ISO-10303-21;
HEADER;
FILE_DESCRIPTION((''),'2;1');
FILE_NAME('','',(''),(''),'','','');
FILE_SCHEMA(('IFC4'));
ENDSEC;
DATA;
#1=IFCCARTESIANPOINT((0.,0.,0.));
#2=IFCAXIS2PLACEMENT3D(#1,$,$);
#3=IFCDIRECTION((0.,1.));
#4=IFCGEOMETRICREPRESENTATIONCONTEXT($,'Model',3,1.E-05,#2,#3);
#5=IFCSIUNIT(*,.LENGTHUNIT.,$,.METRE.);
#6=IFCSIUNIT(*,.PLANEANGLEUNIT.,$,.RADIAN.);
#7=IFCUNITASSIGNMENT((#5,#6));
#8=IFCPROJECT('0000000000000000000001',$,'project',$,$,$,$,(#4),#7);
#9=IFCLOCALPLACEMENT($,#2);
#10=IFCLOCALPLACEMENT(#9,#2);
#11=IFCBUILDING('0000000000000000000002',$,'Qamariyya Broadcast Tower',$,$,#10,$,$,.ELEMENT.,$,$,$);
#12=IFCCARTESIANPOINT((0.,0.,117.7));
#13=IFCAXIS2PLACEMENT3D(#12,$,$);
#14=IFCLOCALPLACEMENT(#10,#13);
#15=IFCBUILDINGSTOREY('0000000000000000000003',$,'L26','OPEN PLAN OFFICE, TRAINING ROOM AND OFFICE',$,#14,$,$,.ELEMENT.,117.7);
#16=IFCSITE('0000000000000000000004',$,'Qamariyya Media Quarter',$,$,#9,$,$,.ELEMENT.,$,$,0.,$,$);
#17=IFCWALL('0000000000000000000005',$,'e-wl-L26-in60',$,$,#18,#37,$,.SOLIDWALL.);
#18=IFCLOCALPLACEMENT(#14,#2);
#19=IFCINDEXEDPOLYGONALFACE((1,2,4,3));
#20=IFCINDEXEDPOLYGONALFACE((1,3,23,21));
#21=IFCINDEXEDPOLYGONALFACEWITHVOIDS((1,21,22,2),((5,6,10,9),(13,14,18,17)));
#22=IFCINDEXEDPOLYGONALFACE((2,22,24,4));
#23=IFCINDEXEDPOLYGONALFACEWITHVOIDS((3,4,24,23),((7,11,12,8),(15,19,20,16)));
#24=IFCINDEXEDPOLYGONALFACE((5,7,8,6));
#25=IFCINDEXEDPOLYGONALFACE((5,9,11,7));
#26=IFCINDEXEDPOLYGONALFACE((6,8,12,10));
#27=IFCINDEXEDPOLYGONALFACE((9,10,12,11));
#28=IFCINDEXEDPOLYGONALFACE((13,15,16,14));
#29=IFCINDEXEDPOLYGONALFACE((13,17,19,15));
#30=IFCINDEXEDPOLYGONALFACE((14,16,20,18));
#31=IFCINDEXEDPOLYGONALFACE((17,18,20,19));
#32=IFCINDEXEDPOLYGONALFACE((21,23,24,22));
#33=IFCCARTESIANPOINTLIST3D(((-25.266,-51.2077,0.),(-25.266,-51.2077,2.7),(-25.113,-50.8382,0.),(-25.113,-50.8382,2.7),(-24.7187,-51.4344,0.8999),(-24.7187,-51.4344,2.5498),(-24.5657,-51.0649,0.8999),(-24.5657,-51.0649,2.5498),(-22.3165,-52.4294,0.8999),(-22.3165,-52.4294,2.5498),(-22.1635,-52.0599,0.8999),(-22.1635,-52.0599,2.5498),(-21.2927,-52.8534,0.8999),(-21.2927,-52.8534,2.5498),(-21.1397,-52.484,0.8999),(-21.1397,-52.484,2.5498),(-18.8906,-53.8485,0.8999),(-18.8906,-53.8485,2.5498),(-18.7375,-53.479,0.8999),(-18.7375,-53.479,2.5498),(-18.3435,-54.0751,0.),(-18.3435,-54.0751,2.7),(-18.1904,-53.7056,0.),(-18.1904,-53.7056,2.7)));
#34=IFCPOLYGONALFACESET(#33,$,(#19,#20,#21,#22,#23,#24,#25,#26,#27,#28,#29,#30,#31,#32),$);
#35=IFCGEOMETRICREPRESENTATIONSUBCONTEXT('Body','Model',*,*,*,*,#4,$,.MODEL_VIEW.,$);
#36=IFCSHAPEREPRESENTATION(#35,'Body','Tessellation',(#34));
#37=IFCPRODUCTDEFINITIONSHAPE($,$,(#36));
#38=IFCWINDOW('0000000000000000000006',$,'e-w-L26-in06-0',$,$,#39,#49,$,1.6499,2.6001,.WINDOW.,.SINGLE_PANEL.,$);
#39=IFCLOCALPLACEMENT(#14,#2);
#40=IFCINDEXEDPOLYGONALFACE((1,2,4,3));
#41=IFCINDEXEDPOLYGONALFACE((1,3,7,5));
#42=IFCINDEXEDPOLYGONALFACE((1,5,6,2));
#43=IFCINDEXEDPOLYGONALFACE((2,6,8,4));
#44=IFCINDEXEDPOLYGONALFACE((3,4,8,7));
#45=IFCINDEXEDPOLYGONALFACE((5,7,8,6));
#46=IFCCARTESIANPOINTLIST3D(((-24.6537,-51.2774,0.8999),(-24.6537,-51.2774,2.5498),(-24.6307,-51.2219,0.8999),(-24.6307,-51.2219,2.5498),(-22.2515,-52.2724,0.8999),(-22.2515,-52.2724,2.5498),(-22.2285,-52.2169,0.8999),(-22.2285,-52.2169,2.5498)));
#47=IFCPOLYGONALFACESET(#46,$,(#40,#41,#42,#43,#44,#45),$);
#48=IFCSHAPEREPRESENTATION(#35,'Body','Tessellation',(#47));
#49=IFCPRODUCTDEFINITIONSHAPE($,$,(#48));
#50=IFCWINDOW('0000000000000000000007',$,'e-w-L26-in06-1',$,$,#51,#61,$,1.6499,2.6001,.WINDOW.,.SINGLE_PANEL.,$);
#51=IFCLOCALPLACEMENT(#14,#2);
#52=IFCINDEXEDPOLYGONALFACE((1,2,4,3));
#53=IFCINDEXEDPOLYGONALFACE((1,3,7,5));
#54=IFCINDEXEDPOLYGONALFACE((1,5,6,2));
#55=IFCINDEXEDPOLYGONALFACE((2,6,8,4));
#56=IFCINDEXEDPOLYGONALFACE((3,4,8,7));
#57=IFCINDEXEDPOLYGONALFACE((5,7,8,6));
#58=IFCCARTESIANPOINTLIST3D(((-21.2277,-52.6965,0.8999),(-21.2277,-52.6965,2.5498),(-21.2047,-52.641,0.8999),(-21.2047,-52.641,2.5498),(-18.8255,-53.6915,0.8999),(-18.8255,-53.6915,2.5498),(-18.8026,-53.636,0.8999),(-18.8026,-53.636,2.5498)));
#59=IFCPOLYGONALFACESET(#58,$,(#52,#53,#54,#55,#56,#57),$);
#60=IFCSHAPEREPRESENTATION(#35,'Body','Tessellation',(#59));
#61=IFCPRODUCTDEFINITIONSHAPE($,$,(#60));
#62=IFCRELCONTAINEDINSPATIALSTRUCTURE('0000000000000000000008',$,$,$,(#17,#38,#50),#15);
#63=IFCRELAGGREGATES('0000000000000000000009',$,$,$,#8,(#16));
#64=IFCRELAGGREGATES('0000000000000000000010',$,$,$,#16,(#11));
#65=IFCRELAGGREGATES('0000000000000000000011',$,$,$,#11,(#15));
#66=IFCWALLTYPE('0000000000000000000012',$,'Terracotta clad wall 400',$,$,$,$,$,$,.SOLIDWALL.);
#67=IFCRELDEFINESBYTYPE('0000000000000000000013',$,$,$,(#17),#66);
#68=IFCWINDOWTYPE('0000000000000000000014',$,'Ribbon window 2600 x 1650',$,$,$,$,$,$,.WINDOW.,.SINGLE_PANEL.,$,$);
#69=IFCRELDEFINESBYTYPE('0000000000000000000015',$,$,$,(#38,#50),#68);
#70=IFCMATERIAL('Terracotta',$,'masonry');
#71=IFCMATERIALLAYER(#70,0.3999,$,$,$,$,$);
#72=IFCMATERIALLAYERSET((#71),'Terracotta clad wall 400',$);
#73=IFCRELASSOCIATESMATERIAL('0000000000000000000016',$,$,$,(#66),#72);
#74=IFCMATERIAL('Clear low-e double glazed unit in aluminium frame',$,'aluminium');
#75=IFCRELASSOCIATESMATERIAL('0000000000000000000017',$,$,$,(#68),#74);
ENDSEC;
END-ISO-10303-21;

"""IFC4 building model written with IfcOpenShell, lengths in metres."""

from ifc_helpers import new_model, si_unit, direction, frame, frame_2d, origin, place, context, subcontext, project, spatial, rectangle, extrude, material, layer, layer_set, type_object, element, fill, save


model = new_model("IFC4")

# Units and contexts
model_context = context("Model", 3, precision=1e-05, world=origin(), true_north=direction((0.0, 1.0)))
body_context = subcontext(model_context, "Body", "Model", "MODEL_VIEW")
ifc_project = project(units=[si_unit("LENGTHUNIT", "METRE"), si_unit("PLANEANGLEUNIT", "RADIAN")], contexts=[model_context])

# Site, building, storey
site_placement = place(None, origin())
site = spatial("IfcSite", under=ifc_project, at=site_placement, Name="Qamariyya Media Quarter", CompositionType="ELEMENT", RefElevation=0.0)
building_placement = place(site_placement, origin())
building = spatial("IfcBuilding", under=site, at=building_placement, Name="Qamariyya Broadcast Tower", CompositionType="ELEMENT")
storey_placement = place(building_placement, frame((0.0, 0.0, 117.7)))
storey = spatial("IfcBuildingStorey", under=building, at=storey_placement, Name="L26", Description="OPEN PLAN OFFICE, TRAINING ROOM AND OFFICE", CompositionType="ELEMENT", Elevation=117.7)

# Wall, openings, windows
ifc_material_1 = material(Name="Terracotta", Category="masonry")
ifc_layer_1 = layer(ifc_material_1, 0.3999)
ifc_layer_set_1 = layer_set([ifc_layer_1], Name="Terracotta clad wall 400")
wall_type_1 = type_object("IfcWallType", Name="Terracotta clad wall 400", PredefinedType="SOLIDWALL", material=ifc_layer_set_1)
wall_1_placement = place(storey_placement, frame((-18.2668, -53.8904, 0.0), z_axis=(0.0, 0.0, 1.0), x_axis=(-0.92388, 0.382683, 0.0)))
wall_1 = element("IfcWall", 1, at=wall_1_placement, inside=storey, type_object=wall_type_1, Name="e-wl-L26-in60", PredefinedType="SOLIDWALL", context=body_context, shape_type="SweptSolid", body=[
    extrude(rectangle(XDim=7.4929, YDim=0.3999, at=frame_2d((3.7466, 0.0))), origin(), (0.0, 0.0, 1.0), 2.7),
])
opening_1_placement = place(wall_1_placement, frame((4.3005, 0.0, 0.8999)))
opening_1 = element("IfcOpeningElement", 2, at=opening_1_placement, cuts=wall_1, PredefinedType="OPENING", context=body_context, shape_type="SweptSolid", body=[
    extrude(rectangle(XDim=2.6001, YDim=1.6499, at=frame_2d((1.3, 0.825))), frame((0.0, 0.21, 0.0), z_axis=(0.0, -1.0, 0.0), x_axis=(1.0, 0.0, 0.0)), (0.0, 0.0, 1.0), 0.4199),
])
opening_2_placement = place(wall_1_placement, frame((0.5923, 0.0, 0.8999)))
opening_2 = element("IfcOpeningElement", 3, at=opening_2_placement, cuts=wall_1, PredefinedType="OPENING", context=body_context, shape_type="SweptSolid", body=[
    extrude(rectangle(XDim=2.6001, YDim=1.6499, at=frame_2d((1.3, 0.825))), frame((0.0, 0.21, 0.0), z_axis=(0.0, -1.0, 0.0), x_axis=(1.0, 0.0, 0.0)), (0.0, 0.0, 1.0), 0.4199),
])
ifc_material_2 = material(Name="Clear low-e double glazed unit in aluminium frame", Category="aluminium")
window_type = type_object("IfcWindowType", Name="Ribbon window 2600 x 1650", PartitioningType="SINGLE_PANEL", PredefinedType="WINDOW", material=ifc_material_2)
window_1_placement = place(opening_1_placement, origin())
window_1 = element("IfcWindow", 4, at=window_1_placement, inside=storey, type_object=window_type, Name="e-w-L26-in06-0", OverallHeight=1.6499, OverallWidth=2.6001, PartitioningType="SINGLE_PANEL", PredefinedType="WINDOW", context=body_context, shape_type="SweptSolid", body=[
    extrude(rectangle(XDim=2.6001, YDim=1.6499, at=frame_2d((1.3, 0.825))), frame((0.0, 0.03, 0.0), z_axis=(0.0, -1.0, 0.0), x_axis=(1.0, 0.0, 0.0)), (0.0, 0.0, 1.0), 0.0601),
])
fill(opening_1, window_1)
window_2_placement = place(opening_2_placement, origin())
window_2 = element("IfcWindow", 5, at=window_2_placement, inside=storey, type_object=window_type, Name="e-w-L26-in06-1", OverallHeight=1.6499, OverallWidth=2.6001, PartitioningType="SINGLE_PANEL", PredefinedType="WINDOW", context=body_context, shape_type="SweptSolid", body=[
    extrude(rectangle(XDim=2.6001, YDim=1.6499, at=frame_2d((1.3, 0.825))), frame((0.0, 0.03, 0.0), z_axis=(0.0, -1.0, 0.0), x_axis=(1.0, 0.0, 0.0)), (0.0, 0.0, 1.0), 0.0601),
])
fill(opening_2, window_2)

save(model, "model.ifc")
